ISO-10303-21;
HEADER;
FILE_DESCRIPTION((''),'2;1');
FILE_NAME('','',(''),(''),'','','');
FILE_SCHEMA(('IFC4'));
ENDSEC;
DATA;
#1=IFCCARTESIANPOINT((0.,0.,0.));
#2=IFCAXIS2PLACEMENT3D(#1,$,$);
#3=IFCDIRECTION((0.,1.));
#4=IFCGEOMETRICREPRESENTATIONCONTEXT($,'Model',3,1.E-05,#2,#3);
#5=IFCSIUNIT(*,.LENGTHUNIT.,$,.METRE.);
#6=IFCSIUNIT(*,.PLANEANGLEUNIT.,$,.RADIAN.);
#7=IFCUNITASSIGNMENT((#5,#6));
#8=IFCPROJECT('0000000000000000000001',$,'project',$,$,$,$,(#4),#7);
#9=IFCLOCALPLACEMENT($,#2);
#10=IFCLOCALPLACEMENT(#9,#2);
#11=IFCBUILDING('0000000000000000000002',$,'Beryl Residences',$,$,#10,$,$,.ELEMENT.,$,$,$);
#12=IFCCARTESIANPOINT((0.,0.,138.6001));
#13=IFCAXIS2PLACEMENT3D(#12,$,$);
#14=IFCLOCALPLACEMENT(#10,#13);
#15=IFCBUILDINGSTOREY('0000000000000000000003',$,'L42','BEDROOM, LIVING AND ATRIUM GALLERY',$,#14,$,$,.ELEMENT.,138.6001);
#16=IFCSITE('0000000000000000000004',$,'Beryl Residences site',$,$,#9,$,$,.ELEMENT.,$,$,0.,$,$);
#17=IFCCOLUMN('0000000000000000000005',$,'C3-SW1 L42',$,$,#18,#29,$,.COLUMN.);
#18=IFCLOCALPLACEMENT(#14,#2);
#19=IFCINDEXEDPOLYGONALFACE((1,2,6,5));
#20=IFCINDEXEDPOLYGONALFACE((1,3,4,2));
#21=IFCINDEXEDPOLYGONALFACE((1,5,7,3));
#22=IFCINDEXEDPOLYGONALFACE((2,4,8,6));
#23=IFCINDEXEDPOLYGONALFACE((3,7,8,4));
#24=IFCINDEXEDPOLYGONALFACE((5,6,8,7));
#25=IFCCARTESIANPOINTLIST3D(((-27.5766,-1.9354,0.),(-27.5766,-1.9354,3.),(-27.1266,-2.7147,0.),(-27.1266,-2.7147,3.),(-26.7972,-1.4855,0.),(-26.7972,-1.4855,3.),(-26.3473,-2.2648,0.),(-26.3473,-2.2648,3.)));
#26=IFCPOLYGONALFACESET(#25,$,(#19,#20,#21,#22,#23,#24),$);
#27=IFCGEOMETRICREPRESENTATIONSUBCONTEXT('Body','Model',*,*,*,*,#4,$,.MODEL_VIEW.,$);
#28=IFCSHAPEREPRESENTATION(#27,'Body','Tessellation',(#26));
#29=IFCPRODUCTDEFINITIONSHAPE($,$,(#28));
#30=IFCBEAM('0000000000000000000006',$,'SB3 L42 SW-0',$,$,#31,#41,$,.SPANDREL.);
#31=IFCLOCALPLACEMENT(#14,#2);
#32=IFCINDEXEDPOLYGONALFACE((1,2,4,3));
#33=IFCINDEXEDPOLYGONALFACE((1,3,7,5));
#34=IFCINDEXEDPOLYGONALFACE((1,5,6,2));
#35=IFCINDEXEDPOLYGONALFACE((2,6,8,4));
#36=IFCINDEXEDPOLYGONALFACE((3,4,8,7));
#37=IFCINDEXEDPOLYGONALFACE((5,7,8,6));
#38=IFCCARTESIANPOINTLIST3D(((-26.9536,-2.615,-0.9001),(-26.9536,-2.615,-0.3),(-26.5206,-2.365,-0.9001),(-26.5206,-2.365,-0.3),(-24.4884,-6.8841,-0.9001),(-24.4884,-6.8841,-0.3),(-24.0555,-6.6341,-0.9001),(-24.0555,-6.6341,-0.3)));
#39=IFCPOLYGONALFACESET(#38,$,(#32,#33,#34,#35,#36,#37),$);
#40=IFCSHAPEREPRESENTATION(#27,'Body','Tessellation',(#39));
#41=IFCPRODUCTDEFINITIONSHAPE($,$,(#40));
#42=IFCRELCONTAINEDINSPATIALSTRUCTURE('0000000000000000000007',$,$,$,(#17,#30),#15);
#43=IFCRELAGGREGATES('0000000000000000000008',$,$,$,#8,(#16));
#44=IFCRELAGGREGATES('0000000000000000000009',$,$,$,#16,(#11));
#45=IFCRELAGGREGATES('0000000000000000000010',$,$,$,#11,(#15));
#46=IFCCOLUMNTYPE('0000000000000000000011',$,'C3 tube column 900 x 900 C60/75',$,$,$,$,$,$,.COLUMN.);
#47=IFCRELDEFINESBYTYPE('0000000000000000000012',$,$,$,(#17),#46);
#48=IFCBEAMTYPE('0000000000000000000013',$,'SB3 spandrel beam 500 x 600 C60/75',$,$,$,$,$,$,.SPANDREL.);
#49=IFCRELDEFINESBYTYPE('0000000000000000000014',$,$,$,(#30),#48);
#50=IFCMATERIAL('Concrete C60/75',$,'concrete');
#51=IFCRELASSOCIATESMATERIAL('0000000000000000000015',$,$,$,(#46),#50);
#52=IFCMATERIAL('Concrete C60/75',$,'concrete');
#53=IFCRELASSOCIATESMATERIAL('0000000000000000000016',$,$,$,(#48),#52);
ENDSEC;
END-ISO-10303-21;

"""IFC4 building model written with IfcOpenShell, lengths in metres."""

from ifc_helpers import new_model, si_unit, direction, frame, origin, origin_2d, place, context, subcontext, project, spatial, rectangle, extrude, material, material_profile, profile_set, type_object, element, save


model = new_model("IFC4")

# Units and contexts
model_context = context("Model", 3, precision=1e-05, world=origin(), true_north=direction((0.0, 1.0)))
body_context = subcontext(model_context, "Body", "Model", "MODEL_VIEW")
ifc_project = project(units=[si_unit("LENGTHUNIT", "METRE"), si_unit("PLANEANGLEUNIT", "RADIAN")], contexts=[model_context])

# Site, building, storey
site_placement = place(None, origin())
site = spatial("IfcSite", under=ifc_project, at=site_placement, Name="Beryl Residences site", CompositionType="ELEMENT", RefElevation=0.0)
building_placement = place(site_placement, origin())
building = spatial("IfcBuilding", under=site, at=building_placement, Name="Beryl Residences", CompositionType="ELEMENT")
storey_placement = place(building_placement, frame((0.0, 0.0, 138.6001)))
storey = spatial("IfcBuildingStorey", under=building, at=storey_placement, Name="L42", Description="BEDROOM, LIVING AND ATRIUM GALLERY", CompositionType="ELEMENT", Elevation=138.6001)

# Column
ifc_material_1 = material(Name="Concrete C60/75", Category="concrete")
ifc_material_profile_1 = material_profile(ifc_material_1, rectangle(XDim=0.8999, YDim=0.8999, at=origin_2d()))
ifc_profile_set_1 = profile_set([ifc_material_profile_1], Name="Concrete C60/75")
column_type = type_object("IfcColumnType", Name="C3 tube column 900 x 900 C60/75", PredefinedType="COLUMN", material=ifc_profile_set_1)
column_placement = place(storey_placement, frame((-26.9619, -2.1001, 0.0), z_axis=(0.0, 0.0, 1.0), x_axis=(0.5, -0.866025, 0.0)))
element("IfcColumn", 1, at=column_placement, inside=storey, type_object=column_type, Name="C3-SW1 L42", PredefinedType="COLUMN", context=body_context, shape_type="SweptSolid", body=[
    extrude(rectangle(XDim=0.8999, YDim=0.8999, at=origin_2d()), origin(), (0.0, 0.0, 1.0), 3.0),
])

# Beam
ifc_material_2 = material(Name="Concrete C60/75", Category="concrete")
ifc_material_profile_2 = material_profile(ifc_material_2, rectangle(XDim=0.5, YDim=0.6001, at=origin_2d()))
ifc_profile_set_2 = profile_set([ifc_material_profile_2], Name="Concrete C60/75")
beam_type = type_object("IfcBeamType", Name="SB3 spandrel beam 500 x 600 C60/75", PredefinedType="SPANDREL", material=ifc_profile_set_2)
beam_placement = place(storey_placement, frame((-26.7371, -2.49, -0.6001), z_axis=(0.500054, -0.865994, 0.0), x_axis=(0.865994, 0.500054, 0.0)))
element("IfcBeam", 2, at=beam_placement, inside=storey, type_object=beam_type, Name="SB3 L42 SW-0", PredefinedType="SPANDREL", context=body_context, shape_type="SweptSolid", body=[
    extrude(rectangle(XDim=0.5, YDim=0.6001, at=origin_2d()), origin(), (0.0, 0.0, 1.0), 4.9297),
])

save(model, "model.ifc")
